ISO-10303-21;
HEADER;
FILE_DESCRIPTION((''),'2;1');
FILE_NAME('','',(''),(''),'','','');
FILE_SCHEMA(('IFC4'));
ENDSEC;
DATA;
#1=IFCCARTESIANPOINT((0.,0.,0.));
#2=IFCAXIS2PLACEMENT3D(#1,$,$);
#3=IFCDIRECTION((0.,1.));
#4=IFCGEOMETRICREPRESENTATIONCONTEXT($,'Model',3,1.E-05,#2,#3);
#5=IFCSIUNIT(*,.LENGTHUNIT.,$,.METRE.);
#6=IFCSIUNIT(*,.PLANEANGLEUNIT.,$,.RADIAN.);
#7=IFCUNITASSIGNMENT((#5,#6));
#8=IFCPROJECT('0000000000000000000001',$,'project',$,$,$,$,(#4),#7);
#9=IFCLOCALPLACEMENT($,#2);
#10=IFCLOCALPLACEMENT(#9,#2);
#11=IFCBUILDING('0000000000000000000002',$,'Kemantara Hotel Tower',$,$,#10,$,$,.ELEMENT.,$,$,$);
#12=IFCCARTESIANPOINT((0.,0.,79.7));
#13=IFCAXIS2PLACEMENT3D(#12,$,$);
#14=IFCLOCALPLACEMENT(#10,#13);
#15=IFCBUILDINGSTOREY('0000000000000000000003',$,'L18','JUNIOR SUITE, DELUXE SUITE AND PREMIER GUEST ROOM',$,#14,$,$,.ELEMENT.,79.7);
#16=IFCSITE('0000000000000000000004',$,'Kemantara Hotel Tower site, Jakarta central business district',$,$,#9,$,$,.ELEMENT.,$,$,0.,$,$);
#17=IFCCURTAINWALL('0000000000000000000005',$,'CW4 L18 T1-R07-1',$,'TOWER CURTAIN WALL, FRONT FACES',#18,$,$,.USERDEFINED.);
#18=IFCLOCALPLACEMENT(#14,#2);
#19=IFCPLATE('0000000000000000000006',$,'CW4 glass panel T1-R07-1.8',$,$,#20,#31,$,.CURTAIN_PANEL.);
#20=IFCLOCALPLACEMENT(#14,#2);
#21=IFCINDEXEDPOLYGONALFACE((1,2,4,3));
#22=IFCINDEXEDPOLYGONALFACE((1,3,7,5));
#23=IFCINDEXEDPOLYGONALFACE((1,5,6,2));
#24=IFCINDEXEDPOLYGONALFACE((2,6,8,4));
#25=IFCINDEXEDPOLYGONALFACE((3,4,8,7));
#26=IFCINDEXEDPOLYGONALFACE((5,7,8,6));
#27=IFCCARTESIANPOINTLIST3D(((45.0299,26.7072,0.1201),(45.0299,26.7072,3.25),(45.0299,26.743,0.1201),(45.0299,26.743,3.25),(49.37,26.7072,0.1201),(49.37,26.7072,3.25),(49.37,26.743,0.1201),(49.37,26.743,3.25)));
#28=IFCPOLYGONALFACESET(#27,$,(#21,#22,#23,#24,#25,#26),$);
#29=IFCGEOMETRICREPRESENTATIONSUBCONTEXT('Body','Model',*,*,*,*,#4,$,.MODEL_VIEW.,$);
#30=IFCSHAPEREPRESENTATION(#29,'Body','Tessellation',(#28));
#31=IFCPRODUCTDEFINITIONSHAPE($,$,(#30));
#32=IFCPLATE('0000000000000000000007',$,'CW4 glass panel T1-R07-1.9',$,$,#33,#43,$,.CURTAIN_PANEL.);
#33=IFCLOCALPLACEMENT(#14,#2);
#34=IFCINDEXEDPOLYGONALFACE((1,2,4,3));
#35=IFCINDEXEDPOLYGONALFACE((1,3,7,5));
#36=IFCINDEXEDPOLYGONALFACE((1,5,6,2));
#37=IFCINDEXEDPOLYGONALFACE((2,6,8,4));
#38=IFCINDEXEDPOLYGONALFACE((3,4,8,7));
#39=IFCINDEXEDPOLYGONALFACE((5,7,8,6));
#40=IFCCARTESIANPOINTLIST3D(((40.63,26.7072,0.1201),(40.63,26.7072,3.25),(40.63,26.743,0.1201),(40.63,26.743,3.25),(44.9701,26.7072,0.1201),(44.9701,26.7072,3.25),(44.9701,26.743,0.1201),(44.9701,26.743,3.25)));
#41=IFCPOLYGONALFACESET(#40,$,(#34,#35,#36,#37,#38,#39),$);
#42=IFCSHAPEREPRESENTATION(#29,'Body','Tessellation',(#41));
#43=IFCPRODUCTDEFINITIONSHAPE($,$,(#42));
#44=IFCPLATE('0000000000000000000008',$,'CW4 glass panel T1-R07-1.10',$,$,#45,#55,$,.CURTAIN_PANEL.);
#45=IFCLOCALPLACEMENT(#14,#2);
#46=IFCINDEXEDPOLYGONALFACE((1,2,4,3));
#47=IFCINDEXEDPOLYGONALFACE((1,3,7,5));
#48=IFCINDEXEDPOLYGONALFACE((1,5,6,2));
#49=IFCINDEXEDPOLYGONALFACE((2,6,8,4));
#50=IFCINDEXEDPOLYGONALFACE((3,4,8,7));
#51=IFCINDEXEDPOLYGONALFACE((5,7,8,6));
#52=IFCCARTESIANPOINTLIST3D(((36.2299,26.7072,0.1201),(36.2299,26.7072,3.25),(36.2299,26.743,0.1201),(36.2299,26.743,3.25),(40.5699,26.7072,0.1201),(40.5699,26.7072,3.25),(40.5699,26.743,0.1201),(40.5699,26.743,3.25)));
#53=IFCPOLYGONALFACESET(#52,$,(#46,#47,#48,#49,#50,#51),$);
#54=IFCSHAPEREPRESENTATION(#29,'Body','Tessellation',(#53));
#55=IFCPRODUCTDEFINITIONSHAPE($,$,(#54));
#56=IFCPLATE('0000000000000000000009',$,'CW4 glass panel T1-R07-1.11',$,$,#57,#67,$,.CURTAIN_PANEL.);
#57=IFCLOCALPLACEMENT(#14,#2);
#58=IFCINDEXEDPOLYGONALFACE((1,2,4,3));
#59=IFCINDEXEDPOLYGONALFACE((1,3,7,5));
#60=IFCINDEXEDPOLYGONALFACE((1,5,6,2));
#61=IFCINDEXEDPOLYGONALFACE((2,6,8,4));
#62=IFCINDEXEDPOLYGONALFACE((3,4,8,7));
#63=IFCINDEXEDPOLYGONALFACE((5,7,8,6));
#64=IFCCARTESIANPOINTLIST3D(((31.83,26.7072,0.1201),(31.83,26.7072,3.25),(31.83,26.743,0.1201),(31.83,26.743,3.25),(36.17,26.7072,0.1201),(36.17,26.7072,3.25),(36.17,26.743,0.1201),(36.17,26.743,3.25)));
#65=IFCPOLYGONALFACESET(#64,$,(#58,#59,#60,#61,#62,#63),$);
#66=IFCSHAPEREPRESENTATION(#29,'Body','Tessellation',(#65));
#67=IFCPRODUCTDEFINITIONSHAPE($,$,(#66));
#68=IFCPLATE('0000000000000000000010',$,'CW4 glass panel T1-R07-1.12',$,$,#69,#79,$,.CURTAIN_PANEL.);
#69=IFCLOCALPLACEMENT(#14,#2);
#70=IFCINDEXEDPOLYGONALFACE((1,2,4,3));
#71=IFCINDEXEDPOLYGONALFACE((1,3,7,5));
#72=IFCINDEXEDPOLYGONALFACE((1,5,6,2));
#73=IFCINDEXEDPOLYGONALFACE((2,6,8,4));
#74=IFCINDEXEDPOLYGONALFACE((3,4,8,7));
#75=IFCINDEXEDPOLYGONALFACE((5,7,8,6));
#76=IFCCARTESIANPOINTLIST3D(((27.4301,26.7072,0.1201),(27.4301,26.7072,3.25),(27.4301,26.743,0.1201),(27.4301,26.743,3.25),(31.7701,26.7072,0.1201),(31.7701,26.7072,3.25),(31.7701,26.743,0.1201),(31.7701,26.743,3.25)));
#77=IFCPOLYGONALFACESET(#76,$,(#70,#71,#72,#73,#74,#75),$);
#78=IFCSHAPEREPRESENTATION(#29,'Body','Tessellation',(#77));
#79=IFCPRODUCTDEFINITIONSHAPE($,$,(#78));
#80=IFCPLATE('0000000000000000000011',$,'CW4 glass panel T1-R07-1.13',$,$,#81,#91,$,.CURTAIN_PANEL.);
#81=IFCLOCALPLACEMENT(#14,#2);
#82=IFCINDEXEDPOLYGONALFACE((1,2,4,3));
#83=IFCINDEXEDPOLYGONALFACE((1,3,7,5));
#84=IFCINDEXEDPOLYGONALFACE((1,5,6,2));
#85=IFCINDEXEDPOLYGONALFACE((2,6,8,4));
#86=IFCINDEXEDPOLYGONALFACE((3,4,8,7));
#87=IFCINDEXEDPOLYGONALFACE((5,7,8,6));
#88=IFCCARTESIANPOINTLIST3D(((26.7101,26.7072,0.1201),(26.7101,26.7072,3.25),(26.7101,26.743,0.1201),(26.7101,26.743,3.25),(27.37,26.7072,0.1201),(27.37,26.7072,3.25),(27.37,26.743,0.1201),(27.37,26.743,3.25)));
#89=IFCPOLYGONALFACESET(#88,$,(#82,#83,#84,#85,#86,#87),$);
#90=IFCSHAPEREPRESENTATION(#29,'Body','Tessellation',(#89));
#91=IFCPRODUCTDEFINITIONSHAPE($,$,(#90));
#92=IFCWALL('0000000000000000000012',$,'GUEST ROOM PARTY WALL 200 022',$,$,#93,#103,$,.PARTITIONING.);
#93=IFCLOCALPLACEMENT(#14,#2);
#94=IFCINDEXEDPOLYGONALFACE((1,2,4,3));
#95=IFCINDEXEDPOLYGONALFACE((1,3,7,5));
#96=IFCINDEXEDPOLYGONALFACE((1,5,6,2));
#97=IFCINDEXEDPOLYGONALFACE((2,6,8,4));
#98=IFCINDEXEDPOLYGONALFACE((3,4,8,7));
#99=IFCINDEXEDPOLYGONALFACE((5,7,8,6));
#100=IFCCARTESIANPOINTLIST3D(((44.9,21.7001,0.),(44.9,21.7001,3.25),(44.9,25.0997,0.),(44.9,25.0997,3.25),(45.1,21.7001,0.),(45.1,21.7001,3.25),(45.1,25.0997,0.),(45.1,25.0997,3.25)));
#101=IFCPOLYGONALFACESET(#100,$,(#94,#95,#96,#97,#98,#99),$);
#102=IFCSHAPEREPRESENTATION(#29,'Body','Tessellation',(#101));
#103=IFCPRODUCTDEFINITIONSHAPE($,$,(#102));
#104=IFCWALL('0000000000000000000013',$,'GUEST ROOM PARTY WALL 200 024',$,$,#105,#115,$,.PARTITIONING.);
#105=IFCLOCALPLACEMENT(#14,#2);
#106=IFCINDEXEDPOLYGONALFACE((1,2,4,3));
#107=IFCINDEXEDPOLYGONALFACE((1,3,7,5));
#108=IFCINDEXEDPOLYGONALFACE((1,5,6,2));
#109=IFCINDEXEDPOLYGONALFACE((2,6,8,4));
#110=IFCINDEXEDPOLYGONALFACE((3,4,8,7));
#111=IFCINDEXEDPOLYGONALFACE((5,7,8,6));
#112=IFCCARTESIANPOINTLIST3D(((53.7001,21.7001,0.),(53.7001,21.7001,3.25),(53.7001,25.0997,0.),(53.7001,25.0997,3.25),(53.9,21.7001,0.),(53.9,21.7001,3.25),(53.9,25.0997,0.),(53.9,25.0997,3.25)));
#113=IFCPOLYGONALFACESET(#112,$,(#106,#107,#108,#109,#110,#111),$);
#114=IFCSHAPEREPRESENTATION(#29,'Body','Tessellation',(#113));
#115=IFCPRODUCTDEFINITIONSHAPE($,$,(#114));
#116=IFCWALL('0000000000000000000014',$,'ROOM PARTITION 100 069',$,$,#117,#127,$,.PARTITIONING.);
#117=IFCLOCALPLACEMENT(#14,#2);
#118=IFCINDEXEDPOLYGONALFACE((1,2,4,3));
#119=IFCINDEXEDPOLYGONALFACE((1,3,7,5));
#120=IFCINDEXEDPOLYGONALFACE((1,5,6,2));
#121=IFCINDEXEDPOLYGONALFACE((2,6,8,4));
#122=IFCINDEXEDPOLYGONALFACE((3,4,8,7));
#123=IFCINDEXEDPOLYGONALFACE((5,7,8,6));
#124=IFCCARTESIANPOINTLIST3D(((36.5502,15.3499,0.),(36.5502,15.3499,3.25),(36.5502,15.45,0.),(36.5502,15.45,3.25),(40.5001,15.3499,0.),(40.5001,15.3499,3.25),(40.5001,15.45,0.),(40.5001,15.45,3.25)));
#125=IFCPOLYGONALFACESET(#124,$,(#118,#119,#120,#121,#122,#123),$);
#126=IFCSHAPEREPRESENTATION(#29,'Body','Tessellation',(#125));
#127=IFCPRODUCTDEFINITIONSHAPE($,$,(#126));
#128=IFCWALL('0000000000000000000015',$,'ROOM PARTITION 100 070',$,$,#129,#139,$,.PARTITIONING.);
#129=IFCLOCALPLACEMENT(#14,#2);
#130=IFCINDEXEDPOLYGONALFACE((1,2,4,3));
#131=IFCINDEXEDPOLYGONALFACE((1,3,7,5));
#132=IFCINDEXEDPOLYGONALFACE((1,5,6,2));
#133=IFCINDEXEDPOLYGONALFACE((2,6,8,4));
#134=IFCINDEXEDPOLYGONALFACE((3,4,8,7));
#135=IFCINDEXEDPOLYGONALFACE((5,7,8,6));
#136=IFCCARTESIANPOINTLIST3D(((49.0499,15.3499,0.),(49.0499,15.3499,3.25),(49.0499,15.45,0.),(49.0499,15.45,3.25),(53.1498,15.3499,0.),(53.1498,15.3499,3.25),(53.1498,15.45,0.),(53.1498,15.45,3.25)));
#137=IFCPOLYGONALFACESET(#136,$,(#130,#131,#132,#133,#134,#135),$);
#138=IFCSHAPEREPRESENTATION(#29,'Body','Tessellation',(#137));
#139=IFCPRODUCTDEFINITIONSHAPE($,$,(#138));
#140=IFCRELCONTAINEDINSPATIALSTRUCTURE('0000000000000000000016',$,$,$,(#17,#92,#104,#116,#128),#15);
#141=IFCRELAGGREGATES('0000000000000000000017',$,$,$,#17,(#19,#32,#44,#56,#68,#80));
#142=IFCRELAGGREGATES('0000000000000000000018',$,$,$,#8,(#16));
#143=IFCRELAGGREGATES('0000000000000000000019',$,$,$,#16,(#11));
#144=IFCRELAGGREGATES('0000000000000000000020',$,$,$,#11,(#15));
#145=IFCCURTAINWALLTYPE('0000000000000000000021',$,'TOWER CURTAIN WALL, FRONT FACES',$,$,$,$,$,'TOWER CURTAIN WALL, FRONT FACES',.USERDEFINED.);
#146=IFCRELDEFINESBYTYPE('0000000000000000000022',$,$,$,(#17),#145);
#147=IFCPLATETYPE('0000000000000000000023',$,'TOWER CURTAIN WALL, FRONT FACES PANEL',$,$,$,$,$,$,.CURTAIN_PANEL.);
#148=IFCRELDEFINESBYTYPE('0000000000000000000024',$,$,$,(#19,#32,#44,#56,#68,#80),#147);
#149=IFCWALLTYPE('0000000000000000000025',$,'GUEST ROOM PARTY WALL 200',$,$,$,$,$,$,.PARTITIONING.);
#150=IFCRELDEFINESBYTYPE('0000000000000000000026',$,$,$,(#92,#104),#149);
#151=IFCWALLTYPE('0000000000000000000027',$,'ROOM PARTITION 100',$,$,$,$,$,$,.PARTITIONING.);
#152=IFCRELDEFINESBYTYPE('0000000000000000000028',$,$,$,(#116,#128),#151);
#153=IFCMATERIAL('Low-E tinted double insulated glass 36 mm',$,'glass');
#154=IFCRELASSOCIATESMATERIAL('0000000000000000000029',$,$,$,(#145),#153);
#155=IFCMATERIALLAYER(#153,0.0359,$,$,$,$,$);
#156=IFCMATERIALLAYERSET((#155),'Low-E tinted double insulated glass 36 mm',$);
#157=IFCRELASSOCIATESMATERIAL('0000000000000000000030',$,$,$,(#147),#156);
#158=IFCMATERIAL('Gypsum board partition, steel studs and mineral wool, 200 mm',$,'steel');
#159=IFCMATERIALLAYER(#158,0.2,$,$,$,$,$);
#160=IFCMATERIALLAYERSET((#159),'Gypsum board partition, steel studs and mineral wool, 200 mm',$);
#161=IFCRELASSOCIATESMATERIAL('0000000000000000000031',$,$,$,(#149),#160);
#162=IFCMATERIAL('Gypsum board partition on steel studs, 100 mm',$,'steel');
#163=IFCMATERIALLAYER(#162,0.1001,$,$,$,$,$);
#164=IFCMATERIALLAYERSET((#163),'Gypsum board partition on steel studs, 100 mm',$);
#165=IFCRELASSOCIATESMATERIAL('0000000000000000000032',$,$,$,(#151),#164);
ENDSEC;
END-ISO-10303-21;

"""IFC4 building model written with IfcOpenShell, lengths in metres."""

from ifc_helpers import new_model, si_unit, direction, frame, frame_2d, origin, origin_2d, place, context, subcontext, project, spatial, rectangle, extrude, source, transform, mapped, material, layer, layer_set, type_object, element, aggregate, save


model = new_model("IFC4")

# Units and contexts
model_context = context("Model", 3, precision=1e-05, world=origin(), true_north=direction((0.0, 1.0)))
body_context = subcontext(model_context, "Body", "Model", "MODEL_VIEW")
ifc_project = project(units=[si_unit("LENGTHUNIT", "METRE"), si_unit("PLANEANGLEUNIT", "RADIAN")], contexts=[model_context])

# Site, building, storey
site_placement = place(None, origin())
site = spatial("IfcSite", under=ifc_project, at=site_placement, Name="Kemantara Hotel Tower site, Jakarta central business district", CompositionType="ELEMENT", RefElevation=0.0)
building_placement = place(site_placement, origin())
building = spatial("IfcBuilding", under=site, at=building_placement, Name="Kemantara Hotel Tower", CompositionType="ELEMENT")
storey_placement = place(building_placement, frame((0.0, 0.0, 79.7)))
storey = spatial("IfcBuildingStorey", under=building, at=storey_placement, Name="L18", Description="JUNIOR SUITE, DELUXE SUITE AND PREMIER GUEST ROOM", CompositionType="ELEMENT", Elevation=79.7)

# Curtain wall, plates
ifc_material_1 = material(Name="Low-E tinted double insulated glass 36 mm", Category="glass")
curtain_wall_type = type_object("IfcCurtainWallType", Name="TOWER CURTAIN WALL, FRONT FACES", ElementType="TOWER CURTAIN WALL, FRONT FACES", PredefinedType="USERDEFINED", material=ifc_material_1)
curtain_wall_placement = place(storey_placement, origin())
curtain_wall = element("IfcCurtainWall", 1, at=curtain_wall_placement, inside=storey, type_object=curtain_wall_type, Name="CW4 L18 T1-R07-1", ObjectType="TOWER CURTAIN WALL, FRONT FACES", PredefinedType="USERDEFINED")
ifc_layer_1 = layer(ifc_material_1, 0.0359)
ifc_layer_set_1 = layer_set([ifc_layer_1], Name="Low-E tinted double insulated glass 36 mm")
plate_type = type_object("IfcPlateType", Name="TOWER CURTAIN WALL, FRONT FACES PANEL", PredefinedType="CURTAIN_PANEL", material=ifc_layer_set_1)
shared_shape_1 = source(origin(), body_context, "Body", "SweptSolid", [
    extrude(rectangle(XDim=4.3401, YDim=0.0359, at=origin_2d()), origin(), (0.0, 0.0, 1.0), 3.1299),
])
plate_1_placement = place(storey_placement, frame((47.2, 26.7251, 0.1201), z_axis=(0.0, 0.0, 1.0), x_axis=(-1.0, 0.0, 0.0)))
plate_1 = element("IfcPlate", 2, at=plate_1_placement, type_object=plate_type, Name="CW4 glass panel T1-R07-1.8", PredefinedType="CURTAIN_PANEL", context=body_context, shape_type="MappedRepresentation", body=[
    mapped(shared_shape_1, transform((0.0, 0.0, 0.0))),
])
plate_2_placement = place(storey_placement, frame((42.8, 26.7251, 0.1201), z_axis=(0.0, 0.0, 1.0), x_axis=(-1.0, 0.0, 0.0)))
plate_2 = element("IfcPlate", 3, at=plate_2_placement, type_object=plate_type, Name="CW4 glass panel T1-R07-1.9", PredefinedType="CURTAIN_PANEL", context=body_context, shape_type="MappedRepresentation", body=[
    mapped(shared_shape_1, transform((0.0, 0.0, 0.0))),
])
plate_3_placement = place(storey_placement, frame((38.3999, 26.7251, 0.1201), z_axis=(0.0, 0.0, 1.0), x_axis=(-1.0, 0.0, 0.0)))
plate_3 = element("IfcPlate", 4, at=plate_3_placement, type_object=plate_type, Name="CW4 glass panel T1-R07-1.10", PredefinedType="CURTAIN_PANEL", context=body_context, shape_type="MappedRepresentation", body=[
    mapped(shared_shape_1, transform((0.0, 0.0, 0.0))),
])
plate_4_placement = place(storey_placement, frame((34.0, 26.7251, 0.1201), z_axis=(0.0, 0.0, 1.0), x_axis=(-1.0, 0.0, 0.0)))
plate_4 = element("IfcPlate", 5, at=plate_4_placement, type_object=plate_type, Name="CW4 glass panel T1-R07-1.11", PredefinedType="CURTAIN_PANEL", context=body_context, shape_type="MappedRepresentation", body=[
    mapped(shared_shape_1, transform((0.0, 0.0, 0.0))),
])
plate_5_placement = place(storey_placement, frame((29.6001, 26.7251, 0.1201), z_axis=(0.0, 0.0, 1.0), x_axis=(-1.0, 0.0, 0.0)))
plate_5 = element("IfcPlate", 6, at=plate_5_placement, type_object=plate_type, Name="CW4 glass panel T1-R07-1.12", PredefinedType="CURTAIN_PANEL", context=body_context, shape_type="MappedRepresentation", body=[
    mapped(shared_shape_1, transform((0.0, 0.0, 0.0))),
])
shared_shape_2 = source(origin(), body_context, "Body", "SweptSolid", [
    extrude(rectangle(XDim=0.6599, YDim=0.0359, at=origin_2d()), origin(), (0.0, 0.0, 1.0), 3.1299),
])
plate_6_placement = place(storey_placement, frame((27.04, 26.7251, 0.1201), z_axis=(0.0, 0.0, 1.0), x_axis=(-1.0, 0.0, 0.0)))
plate_6 = element("IfcPlate", 7, at=plate_6_placement, type_object=plate_type, Name="CW4 glass panel T1-R07-1.13", PredefinedType="CURTAIN_PANEL", context=body_context, shape_type="MappedRepresentation", body=[
    mapped(shared_shape_2, transform((0.0, 0.0, 0.0))),
])
aggregate(curtain_wall, [plate_1, plate_2, plate_3, plate_4, plate_5, plate_6])

# Walls
ifc_material_2 = material(Name="Gypsum board partition, steel studs and mineral wool, 200 mm", Category="steel")
ifc_layer_2 = layer(ifc_material_2, 0.2)
ifc_layer_set_2 = layer_set([ifc_layer_2], Name="Gypsum board partition, steel studs and mineral wool, 200 mm")
wall_type_1 = type_object("IfcWallType", Name="GUEST ROOM PARTY WALL 200", PredefinedType="PARTITIONING", material=ifc_layer_set_2)
for number, where, z_axis, x_axis, name in (
    (8, (45.0, 21.7002, 0.0), (0.0, 0.0, 1.0), (0.0, 1.0, 0.0), "GUEST ROOM PARTY WALL 200 022"),
    (9, (53.8, 21.7002, 0.0), (0.0, 0.0, 1.0), (0.0, 1.0, 0.0), "GUEST ROOM PARTY WALL 200 024"),
):
    element("IfcWall", number, at=place(storey_placement, frame(where, z_axis=z_axis, x_axis=x_axis)), inside=storey, type_object=wall_type_1, Name=name, PredefinedType="PARTITIONING", context=body_context, shape_type="SweptSolid", body=[
        extrude(rectangle(XDim=3.3997, YDim=0.2, at=frame_2d((1.6997, 0.0))), origin(), (0.0, 0.0, 1.0), 3.25),
    ])
ifc_material_3 = material(Name="Gypsum board partition on steel studs, 100 mm", Category="steel")
ifc_layer_3 = layer(ifc_material_3, 0.1001)
ifc_layer_set_3 = layer_set([ifc_layer_3], Name="Gypsum board partition on steel studs, 100 mm")
wall_type_2 = type_object("IfcWallType", Name="ROOM PARTITION 100", PredefinedType="PARTITIONING", material=ifc_layer_set_3)
wall_1_placement = place(storey_placement, frame((36.55, 15.3999, 0.0), z_axis=(0.0, 0.0, 1.0), x_axis=(1.0, 0.0, 0.0)))
element("IfcWall", 10, at=wall_1_placement, inside=storey, type_object=wall_type_2, Name="ROOM PARTITION 100 069", PredefinedType="PARTITIONING", context=body_context, shape_type="SweptSolid", body=[
    extrude(rectangle(XDim=3.95, YDim=0.1001, at=frame_2d((1.9751, 0.0))), origin(), (0.0, 0.0, 1.0), 3.25),
])
wall_2_placement = place(storey_placement, frame((49.05, 15.3999, 0.0), z_axis=(0.0, 0.0, 1.0), x_axis=(1.0, 0.0, 0.0)))
element("IfcWall", 11, at=wall_2_placement, inside=storey, type_object=wall_type_2, Name="ROOM PARTITION 100 070", PredefinedType="PARTITIONING", context=body_context, shape_type="SweptSolid", body=[
    extrude(rectangle(XDim=4.0999, YDim=0.1001, at=frame_2d((2.0498, 0.0))), origin(), (0.0, 0.0, 1.0), 3.25),
])

save(model, "model.ifc")
